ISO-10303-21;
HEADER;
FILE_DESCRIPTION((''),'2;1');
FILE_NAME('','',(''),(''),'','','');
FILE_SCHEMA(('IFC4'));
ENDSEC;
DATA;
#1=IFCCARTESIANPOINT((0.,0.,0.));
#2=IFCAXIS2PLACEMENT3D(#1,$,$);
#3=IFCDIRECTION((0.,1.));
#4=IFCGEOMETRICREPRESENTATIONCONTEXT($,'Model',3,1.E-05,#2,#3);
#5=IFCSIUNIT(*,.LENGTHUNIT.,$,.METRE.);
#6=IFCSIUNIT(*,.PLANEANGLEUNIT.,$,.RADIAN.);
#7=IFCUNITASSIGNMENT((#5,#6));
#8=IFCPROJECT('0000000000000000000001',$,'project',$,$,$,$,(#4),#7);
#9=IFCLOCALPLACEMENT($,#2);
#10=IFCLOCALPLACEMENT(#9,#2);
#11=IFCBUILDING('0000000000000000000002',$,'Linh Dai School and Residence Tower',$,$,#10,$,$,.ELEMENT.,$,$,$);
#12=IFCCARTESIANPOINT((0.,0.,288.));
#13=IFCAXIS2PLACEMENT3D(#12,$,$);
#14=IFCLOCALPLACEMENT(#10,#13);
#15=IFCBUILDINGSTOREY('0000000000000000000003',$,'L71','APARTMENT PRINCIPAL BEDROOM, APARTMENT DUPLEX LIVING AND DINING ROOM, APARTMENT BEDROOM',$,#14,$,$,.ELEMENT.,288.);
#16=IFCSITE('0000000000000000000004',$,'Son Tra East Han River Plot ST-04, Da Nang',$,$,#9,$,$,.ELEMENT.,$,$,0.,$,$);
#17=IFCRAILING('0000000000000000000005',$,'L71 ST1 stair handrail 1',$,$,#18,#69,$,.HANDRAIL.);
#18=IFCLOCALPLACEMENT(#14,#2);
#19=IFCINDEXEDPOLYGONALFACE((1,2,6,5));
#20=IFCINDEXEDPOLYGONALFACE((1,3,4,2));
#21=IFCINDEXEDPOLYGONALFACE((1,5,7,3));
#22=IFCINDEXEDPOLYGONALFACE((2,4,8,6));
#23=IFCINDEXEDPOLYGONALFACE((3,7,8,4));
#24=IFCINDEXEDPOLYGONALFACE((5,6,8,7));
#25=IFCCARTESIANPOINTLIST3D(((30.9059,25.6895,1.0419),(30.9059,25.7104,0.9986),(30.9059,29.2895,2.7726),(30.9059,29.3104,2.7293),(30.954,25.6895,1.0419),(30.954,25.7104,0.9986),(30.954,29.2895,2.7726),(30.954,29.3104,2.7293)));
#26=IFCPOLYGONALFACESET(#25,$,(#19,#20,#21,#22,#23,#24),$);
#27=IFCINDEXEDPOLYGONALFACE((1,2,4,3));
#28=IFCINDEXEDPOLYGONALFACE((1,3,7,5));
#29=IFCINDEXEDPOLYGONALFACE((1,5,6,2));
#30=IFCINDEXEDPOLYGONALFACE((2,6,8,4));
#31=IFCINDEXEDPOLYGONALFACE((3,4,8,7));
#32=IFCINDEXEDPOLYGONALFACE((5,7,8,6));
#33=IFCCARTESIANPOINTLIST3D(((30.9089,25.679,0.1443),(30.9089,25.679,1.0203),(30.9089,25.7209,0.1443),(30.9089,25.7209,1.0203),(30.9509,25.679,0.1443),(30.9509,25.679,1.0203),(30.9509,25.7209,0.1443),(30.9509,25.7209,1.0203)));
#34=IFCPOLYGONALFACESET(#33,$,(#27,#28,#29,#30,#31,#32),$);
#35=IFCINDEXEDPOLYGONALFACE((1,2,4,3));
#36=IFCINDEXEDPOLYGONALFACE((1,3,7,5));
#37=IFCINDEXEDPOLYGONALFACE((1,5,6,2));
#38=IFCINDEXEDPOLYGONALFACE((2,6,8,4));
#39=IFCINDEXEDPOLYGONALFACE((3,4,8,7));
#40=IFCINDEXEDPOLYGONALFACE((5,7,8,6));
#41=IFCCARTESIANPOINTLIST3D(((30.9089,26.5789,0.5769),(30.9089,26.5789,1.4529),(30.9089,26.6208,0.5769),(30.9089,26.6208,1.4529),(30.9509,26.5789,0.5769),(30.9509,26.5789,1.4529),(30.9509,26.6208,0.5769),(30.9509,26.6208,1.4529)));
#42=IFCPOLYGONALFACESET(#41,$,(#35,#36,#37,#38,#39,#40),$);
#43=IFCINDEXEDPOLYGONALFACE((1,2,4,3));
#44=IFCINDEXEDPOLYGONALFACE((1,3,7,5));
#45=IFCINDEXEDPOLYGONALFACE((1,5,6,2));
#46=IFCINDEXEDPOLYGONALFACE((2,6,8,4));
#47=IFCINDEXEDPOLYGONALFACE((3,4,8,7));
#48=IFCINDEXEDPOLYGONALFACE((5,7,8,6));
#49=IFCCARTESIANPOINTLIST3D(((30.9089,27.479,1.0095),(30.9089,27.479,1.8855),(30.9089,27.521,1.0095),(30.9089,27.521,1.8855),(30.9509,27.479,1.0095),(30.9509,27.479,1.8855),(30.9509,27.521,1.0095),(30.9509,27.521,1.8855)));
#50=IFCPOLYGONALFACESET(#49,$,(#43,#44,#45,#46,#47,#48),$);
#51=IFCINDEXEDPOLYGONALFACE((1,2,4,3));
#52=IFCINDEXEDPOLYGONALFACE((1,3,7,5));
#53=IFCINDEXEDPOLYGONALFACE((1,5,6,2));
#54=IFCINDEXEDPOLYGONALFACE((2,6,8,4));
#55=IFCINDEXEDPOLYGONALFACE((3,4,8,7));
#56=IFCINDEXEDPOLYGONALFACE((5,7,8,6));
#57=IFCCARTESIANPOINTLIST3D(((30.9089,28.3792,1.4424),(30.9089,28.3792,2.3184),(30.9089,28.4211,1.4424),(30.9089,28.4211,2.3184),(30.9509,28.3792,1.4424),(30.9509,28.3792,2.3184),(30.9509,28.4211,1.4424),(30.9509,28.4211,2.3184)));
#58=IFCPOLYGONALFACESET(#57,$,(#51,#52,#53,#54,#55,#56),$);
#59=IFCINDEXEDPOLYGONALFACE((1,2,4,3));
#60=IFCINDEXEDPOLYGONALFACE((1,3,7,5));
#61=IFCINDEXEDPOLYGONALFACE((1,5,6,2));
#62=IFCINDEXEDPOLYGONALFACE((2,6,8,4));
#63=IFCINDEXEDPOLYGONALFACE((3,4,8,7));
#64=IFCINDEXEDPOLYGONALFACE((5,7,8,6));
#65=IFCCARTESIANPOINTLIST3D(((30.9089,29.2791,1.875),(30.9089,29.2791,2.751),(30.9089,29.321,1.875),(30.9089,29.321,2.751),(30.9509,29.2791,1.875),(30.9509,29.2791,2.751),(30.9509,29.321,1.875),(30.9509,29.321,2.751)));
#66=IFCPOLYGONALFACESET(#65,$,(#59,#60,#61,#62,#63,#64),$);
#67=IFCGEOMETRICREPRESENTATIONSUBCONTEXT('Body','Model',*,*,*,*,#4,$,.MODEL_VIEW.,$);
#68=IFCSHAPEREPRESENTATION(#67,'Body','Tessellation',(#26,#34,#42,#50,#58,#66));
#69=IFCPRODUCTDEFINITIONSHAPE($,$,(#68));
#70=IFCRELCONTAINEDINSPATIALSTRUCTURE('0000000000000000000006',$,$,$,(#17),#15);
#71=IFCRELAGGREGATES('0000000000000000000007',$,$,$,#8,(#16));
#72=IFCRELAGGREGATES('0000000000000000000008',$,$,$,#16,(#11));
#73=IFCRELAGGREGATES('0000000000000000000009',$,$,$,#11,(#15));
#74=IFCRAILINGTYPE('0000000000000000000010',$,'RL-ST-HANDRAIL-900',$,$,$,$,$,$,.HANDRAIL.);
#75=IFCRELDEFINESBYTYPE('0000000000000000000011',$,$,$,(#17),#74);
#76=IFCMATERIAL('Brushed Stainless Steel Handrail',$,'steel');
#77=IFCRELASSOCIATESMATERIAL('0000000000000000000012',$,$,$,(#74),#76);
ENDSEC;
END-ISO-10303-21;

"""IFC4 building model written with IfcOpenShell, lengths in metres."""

from ifc_helpers import new_model, si_unit, direction, frame, origin, origin_2d, place, context, subcontext, project, spatial, rectangle, extrude, source, transform, mapped, material, type_object, element, save


model = new_model("IFC4")

# Units and contexts
model_context = context("Model", 3, precision=1e-05, world=origin(), true_north=direction((0.0, 1.0)))
body_context = subcontext(model_context, "Body", "Model", "MODEL_VIEW")
ifc_project = project(units=[si_unit("LENGTHUNIT", "METRE"), si_unit("PLANEANGLEUNIT", "RADIAN")], contexts=[model_context])

# Site, building, storey
site_placement = place(None, origin())
site = spatial("IfcSite", under=ifc_project, at=site_placement, Name="Son Tra East Han River Plot ST-04, Da Nang", CompositionType="ELEMENT", RefElevation=0.0)
building_placement = place(site_placement, origin())
building = spatial("IfcBuilding", under=site, at=building_placement, Name="Linh Dai School and Residence Tower", CompositionType="ELEMENT")
storey_placement = place(building_placement, frame((0.0, 0.0, 288.0)))
storey = spatial("IfcBuildingStorey", under=building, at=storey_placement, Name="L71", Description="APARTMENT PRINCIPAL BEDROOM, APARTMENT DUPLEX LIVING AND DINING ROOM, APARTMENT BEDROOM", CompositionType="ELEMENT", Elevation=288.0)

# Railing
ifc_material_1 = material(Name="Brushed Stainless Steel Handrail", Category="steel")
railing_type_1 = type_object("IfcRailingType", Name="RL-ST-HANDRAIL-900", PredefinedType="HANDRAIL", material=ifc_material_1)
shared_shape_1 = source(origin(), body_context, "Body", "SweptSolid", [
    extrude(rectangle(XDim=0.0481, YDim=0.0481, at=origin_2d()), frame((0.0, 0.0, 0.876), z_axis=(0.0, 0.901263, 0.433273), x_axis=(-1.0, 0.0, 0.0)), (0.0, 0.0, 1.0), 3.9944),
    extrude(rectangle(XDim=0.042, YDim=0.042, at=origin_2d()), origin(), (0.0, 0.0, 1.0), 0.876),
    extrude(rectangle(XDim=0.042, YDim=0.042, at=origin_2d()), frame((0.0, 0.8999, 0.4326)), (0.0, 0.0, 1.0), 0.876),
    extrude(rectangle(XDim=0.042, YDim=0.042, at=origin_2d()), frame((0.0, 1.8, 0.8652)), (0.0, 0.0, 1.0), 0.876),
    extrude(rectangle(XDim=0.042, YDim=0.042, at=origin_2d()), frame((0.0, 2.7002, 1.2981)), (0.0, 0.0, 1.0), 0.876),
    extrude(rectangle(XDim=0.042, YDim=0.042, at=origin_2d()), frame((0.0, 3.6001, 1.7307)), (0.0, 0.0, 1.0), 0.876),
])
railing_1_placement = place(storey_placement, frame((30.9299, 25.7, 0.1443)))
element("IfcRailing", 1, at=railing_1_placement, inside=storey, type_object=railing_type_1, Name="L71 ST1 stair handrail 1", PredefinedType="HANDRAIL", context=body_context, shape_type="MappedRepresentation", body=[
    mapped(shared_shape_1, transform((0.0, 0.0, 0.0), x_axis=(1.0, 0.0, 0.0), y_axis=(0.0, 1.0, 0.0), z_axis=(0.0, 0.0, 1.0), scale=1.0)),
])

save(model, "model.ifc")
